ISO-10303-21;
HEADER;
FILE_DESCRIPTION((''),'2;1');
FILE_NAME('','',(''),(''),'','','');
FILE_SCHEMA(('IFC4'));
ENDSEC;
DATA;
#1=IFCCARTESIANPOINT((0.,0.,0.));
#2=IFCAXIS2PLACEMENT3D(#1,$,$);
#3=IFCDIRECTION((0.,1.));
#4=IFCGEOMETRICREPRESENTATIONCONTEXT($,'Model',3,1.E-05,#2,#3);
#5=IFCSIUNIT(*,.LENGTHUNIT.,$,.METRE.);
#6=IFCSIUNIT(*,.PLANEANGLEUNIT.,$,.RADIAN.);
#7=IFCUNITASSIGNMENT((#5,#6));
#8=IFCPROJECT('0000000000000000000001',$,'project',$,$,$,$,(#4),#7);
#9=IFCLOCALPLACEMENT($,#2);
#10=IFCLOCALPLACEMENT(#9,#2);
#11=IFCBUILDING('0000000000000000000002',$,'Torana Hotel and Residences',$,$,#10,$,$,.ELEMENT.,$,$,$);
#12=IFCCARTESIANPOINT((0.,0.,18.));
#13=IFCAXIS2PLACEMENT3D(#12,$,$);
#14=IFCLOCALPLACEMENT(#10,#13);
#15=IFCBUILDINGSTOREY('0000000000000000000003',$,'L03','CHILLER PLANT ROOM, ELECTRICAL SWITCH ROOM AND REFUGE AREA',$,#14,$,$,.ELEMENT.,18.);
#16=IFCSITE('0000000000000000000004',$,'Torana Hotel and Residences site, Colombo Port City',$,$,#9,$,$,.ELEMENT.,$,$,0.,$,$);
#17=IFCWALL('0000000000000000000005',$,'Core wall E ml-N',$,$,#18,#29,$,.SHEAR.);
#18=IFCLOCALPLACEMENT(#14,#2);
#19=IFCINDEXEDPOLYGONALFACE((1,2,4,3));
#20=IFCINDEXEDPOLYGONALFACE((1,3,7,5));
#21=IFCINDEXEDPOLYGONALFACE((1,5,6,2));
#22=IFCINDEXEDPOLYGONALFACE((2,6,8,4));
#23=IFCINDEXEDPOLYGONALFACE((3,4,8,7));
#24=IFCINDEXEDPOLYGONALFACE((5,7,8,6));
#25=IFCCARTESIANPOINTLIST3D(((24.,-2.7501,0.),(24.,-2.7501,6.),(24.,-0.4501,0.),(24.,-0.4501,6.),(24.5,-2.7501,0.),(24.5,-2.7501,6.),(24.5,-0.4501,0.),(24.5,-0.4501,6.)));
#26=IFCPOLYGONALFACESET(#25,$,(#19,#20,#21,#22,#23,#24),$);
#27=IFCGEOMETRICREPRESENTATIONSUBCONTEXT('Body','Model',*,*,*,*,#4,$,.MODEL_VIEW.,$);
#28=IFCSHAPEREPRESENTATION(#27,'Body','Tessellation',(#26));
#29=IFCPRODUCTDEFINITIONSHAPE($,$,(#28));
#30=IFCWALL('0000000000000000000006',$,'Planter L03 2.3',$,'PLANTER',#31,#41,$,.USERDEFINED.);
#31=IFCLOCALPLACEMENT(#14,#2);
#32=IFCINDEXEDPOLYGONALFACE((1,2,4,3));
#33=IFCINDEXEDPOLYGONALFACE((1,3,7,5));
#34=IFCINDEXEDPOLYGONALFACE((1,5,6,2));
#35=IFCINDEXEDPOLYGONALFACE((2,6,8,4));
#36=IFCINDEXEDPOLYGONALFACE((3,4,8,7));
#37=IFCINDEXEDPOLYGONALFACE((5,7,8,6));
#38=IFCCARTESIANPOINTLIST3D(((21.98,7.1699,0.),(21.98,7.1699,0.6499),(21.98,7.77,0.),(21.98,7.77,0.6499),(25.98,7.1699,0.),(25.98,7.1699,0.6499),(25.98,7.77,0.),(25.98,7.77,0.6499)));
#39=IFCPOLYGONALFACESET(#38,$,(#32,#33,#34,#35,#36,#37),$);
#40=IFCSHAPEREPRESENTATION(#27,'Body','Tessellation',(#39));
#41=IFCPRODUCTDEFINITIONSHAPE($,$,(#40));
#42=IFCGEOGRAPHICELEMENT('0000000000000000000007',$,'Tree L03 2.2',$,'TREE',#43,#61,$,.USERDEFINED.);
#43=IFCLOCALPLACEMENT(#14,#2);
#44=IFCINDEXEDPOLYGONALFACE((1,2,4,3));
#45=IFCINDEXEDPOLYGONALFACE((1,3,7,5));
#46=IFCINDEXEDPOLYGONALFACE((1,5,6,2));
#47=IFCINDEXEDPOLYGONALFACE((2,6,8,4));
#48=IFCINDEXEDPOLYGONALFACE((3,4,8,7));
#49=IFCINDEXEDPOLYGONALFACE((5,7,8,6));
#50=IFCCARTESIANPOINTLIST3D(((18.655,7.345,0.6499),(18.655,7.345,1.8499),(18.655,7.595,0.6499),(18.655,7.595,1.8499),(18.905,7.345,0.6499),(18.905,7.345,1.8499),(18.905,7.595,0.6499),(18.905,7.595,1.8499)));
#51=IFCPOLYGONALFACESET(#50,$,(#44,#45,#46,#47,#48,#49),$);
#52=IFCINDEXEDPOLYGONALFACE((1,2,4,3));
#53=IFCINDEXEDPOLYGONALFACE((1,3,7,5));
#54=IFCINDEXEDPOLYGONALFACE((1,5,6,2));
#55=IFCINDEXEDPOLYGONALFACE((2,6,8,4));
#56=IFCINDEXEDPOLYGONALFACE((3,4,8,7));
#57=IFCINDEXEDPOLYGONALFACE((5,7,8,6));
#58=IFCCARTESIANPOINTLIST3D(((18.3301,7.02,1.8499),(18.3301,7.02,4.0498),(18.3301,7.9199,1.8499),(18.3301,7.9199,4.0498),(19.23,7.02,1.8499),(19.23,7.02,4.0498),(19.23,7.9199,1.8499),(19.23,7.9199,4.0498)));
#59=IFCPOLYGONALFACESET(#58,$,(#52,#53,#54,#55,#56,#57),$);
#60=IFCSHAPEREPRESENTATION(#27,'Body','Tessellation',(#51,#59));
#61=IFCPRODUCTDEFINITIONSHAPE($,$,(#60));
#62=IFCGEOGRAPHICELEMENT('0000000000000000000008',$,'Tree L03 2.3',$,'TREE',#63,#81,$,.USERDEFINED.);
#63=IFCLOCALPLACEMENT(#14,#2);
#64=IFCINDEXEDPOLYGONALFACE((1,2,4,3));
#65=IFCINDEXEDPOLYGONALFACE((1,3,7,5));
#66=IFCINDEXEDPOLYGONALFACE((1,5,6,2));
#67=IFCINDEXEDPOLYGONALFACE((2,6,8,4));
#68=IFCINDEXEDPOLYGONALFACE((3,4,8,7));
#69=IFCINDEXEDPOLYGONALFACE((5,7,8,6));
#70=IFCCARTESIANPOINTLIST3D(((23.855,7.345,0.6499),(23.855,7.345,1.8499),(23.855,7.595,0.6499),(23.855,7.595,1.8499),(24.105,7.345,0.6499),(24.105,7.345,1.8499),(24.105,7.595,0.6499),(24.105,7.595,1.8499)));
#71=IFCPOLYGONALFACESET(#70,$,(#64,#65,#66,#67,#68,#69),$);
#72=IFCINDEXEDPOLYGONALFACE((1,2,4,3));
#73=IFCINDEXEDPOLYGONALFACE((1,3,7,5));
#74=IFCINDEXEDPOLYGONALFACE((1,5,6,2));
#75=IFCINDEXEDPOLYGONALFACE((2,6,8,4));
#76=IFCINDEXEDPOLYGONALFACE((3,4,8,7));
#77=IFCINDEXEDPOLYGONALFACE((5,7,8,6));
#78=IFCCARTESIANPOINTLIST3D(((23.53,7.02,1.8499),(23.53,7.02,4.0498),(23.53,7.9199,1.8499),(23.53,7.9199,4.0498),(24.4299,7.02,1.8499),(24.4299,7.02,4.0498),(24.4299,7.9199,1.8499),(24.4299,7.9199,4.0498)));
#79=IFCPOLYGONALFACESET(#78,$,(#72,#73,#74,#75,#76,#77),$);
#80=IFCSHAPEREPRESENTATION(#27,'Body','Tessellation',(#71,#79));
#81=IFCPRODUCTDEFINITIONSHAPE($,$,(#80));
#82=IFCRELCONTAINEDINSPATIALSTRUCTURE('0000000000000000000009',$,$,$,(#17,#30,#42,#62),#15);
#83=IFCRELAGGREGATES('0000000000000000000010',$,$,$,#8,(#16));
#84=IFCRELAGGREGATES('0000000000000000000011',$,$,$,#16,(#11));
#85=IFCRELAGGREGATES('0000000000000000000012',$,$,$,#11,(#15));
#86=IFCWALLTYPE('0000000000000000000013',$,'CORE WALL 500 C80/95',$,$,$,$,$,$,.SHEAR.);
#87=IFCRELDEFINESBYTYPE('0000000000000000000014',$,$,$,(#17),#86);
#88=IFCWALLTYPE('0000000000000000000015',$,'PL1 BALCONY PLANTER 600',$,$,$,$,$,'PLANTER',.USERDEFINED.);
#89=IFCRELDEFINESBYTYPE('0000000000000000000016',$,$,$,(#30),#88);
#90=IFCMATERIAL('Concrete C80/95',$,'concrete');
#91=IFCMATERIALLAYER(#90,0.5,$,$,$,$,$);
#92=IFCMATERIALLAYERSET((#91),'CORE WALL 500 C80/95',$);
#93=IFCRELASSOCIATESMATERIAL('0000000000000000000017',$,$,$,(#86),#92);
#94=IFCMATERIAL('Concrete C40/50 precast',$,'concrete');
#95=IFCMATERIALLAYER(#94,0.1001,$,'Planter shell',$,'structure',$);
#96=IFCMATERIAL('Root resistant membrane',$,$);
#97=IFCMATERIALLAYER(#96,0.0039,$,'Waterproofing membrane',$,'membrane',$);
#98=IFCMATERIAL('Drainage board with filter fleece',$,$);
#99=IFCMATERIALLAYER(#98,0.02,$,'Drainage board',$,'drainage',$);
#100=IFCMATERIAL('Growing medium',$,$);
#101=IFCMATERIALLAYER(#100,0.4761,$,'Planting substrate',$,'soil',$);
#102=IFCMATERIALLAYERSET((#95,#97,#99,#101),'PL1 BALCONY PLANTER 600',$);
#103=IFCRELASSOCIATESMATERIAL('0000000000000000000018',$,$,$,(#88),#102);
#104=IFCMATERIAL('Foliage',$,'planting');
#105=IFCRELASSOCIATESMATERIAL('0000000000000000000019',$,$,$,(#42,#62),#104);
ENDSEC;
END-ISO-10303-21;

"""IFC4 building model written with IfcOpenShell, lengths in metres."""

from ifc_helpers import new_model, si_unit, direction, frame, frame_2d, origin, origin_2d, place, context, subcontext, project, spatial, rectangle, extrude, material, layer, layer_set, type_object, element, save


model = new_model("IFC4")

# Units and contexts
model_context = context("Model", 3, precision=1e-05, world=origin(), true_north=direction((0.0, 1.0)))
body_context = subcontext(model_context, "Body", "Model", "MODEL_VIEW")
ifc_project = project(units=[si_unit("LENGTHUNIT", "METRE"), si_unit("PLANEANGLEUNIT", "RADIAN")], contexts=[model_context])

# Site, building, storey
site_placement = place(None, origin())
site = spatial("IfcSite", under=ifc_project, at=site_placement, Name="Torana Hotel and Residences site, Colombo Port City", CompositionType="ELEMENT", RefElevation=0.0)
building_placement = place(site_placement, origin())
building = spatial("IfcBuilding", under=site, at=building_placement, Name="Torana Hotel and Residences", CompositionType="ELEMENT")
storey_placement = place(building_placement, frame((0.0, 0.0, 18.0)))
storey = spatial("IfcBuildingStorey", under=building, at=storey_placement, Name="L03", Description="CHILLER PLANT ROOM, ELECTRICAL SWITCH ROOM AND REFUGE AREA", CompositionType="ELEMENT", Elevation=18.0)

# Walls
ifc_material_1 = material(Name="Concrete C80/95", Category="concrete")
ifc_layer_1 = layer(ifc_material_1, 0.5)
ifc_layer_set_1 = layer_set([ifc_layer_1], Name="CORE WALL 500 C80/95")
wall_type_1 = type_object("IfcWallType", Name="CORE WALL 500 C80/95", PredefinedType="SHEAR", material=ifc_layer_set_1)
wall_1_placement = place(storey_placement, frame((24.25, -2.75, 0.0), z_axis=(0.0, 0.0, 1.0), x_axis=(0.0, 1.0, 0.0)))
element("IfcWall", 1, at=wall_1_placement, inside=storey, type_object=wall_type_1, Name="Core wall E ml-N", PredefinedType="SHEAR", context=body_context, shape_type="SweptSolid", body=[
    extrude(rectangle(XDim=2.3, YDim=0.5, at=frame_2d((1.1499, 0.0))), origin(), (0.0, 0.0, 1.0), 6.0),
])
ifc_material_2 = material(Name="Concrete C40/50 precast", Category="concrete")
ifc_layer_2 = layer(ifc_material_2, 0.1001, Name="Planter shell", Category="structure")
ifc_material_3 = material(Name="Root resistant membrane")
ifc_layer_3 = layer(ifc_material_3, 0.0039, Name="Waterproofing membrane", Category="membrane")
ifc_material_4 = material(Name="Drainage board with filter fleece")
ifc_layer_4 = layer(ifc_material_4, 0.02, Name="Drainage board", Category="drainage")
ifc_material_5 = material(Name="Growing medium")
ifc_layer_5 = layer(ifc_material_5, 0.4761, Name="Planting substrate", Category="soil")
ifc_layer_set_2 = layer_set([ifc_layer_2, ifc_layer_3, ifc_layer_4, ifc_layer_5], Name="PL1 BALCONY PLANTER 600")
wall_type_2 = type_object("IfcWallType", Name="PL1 BALCONY PLANTER 600", ElementType="PLANTER", PredefinedType="USERDEFINED", material=ifc_layer_set_2)
wall_2_placement = place(storey_placement, frame((21.98, 7.47, 0.0), z_axis=(0.0, 0.0, 1.0), x_axis=(1.0, 0.0, 0.0)))
element("IfcWall", 2, at=wall_2_placement, inside=storey, type_object=wall_type_2, Name="Planter L03 2.3", ObjectType="PLANTER", PredefinedType="USERDEFINED", context=body_context, shape_type="SweptSolid", body=[
    extrude(rectangle(XDim=4.0, YDim=0.6001, at=frame_2d((2.0, 0.0))), origin(), (0.0, 0.0, 1.0), 0.6499),
])

# Geographic elements
ifc_material_6 = material(Name="Foliage", Category="planting")
for number, where, z_axis, x_axis, name in (
    (3, (18.78, 7.47, 0.6499), (0.0, 0.0, 1.0), (1.0, 0.0, 0.0), "Tree L03 2.2"),
    (4, (23.98, 7.47, 0.6499), (0.0, 0.0, 1.0), (1.0, 0.0, 0.0), "Tree L03 2.3"),
):
    element("IfcGeographicElement", number, at=place(storey_placement, frame(where, z_axis=z_axis, x_axis=x_axis)), inside=storey, material=ifc_material_6, Name=name, ObjectType="TREE", PredefinedType="USERDEFINED", context=body_context, shape_type="SweptSolid", body=[
        extrude(rectangle(XDim=0.25, YDim=0.25, at=origin_2d()), origin(), (0.0, 0.0, 1.0), 1.2),
        extrude(rectangle(XDim=0.8999, YDim=0.8999, at=origin_2d()), frame((0.0, 0.0, 1.2)), (0.0, 0.0, 1.0), 2.2),
    ])

save(model, "model.ifc")
